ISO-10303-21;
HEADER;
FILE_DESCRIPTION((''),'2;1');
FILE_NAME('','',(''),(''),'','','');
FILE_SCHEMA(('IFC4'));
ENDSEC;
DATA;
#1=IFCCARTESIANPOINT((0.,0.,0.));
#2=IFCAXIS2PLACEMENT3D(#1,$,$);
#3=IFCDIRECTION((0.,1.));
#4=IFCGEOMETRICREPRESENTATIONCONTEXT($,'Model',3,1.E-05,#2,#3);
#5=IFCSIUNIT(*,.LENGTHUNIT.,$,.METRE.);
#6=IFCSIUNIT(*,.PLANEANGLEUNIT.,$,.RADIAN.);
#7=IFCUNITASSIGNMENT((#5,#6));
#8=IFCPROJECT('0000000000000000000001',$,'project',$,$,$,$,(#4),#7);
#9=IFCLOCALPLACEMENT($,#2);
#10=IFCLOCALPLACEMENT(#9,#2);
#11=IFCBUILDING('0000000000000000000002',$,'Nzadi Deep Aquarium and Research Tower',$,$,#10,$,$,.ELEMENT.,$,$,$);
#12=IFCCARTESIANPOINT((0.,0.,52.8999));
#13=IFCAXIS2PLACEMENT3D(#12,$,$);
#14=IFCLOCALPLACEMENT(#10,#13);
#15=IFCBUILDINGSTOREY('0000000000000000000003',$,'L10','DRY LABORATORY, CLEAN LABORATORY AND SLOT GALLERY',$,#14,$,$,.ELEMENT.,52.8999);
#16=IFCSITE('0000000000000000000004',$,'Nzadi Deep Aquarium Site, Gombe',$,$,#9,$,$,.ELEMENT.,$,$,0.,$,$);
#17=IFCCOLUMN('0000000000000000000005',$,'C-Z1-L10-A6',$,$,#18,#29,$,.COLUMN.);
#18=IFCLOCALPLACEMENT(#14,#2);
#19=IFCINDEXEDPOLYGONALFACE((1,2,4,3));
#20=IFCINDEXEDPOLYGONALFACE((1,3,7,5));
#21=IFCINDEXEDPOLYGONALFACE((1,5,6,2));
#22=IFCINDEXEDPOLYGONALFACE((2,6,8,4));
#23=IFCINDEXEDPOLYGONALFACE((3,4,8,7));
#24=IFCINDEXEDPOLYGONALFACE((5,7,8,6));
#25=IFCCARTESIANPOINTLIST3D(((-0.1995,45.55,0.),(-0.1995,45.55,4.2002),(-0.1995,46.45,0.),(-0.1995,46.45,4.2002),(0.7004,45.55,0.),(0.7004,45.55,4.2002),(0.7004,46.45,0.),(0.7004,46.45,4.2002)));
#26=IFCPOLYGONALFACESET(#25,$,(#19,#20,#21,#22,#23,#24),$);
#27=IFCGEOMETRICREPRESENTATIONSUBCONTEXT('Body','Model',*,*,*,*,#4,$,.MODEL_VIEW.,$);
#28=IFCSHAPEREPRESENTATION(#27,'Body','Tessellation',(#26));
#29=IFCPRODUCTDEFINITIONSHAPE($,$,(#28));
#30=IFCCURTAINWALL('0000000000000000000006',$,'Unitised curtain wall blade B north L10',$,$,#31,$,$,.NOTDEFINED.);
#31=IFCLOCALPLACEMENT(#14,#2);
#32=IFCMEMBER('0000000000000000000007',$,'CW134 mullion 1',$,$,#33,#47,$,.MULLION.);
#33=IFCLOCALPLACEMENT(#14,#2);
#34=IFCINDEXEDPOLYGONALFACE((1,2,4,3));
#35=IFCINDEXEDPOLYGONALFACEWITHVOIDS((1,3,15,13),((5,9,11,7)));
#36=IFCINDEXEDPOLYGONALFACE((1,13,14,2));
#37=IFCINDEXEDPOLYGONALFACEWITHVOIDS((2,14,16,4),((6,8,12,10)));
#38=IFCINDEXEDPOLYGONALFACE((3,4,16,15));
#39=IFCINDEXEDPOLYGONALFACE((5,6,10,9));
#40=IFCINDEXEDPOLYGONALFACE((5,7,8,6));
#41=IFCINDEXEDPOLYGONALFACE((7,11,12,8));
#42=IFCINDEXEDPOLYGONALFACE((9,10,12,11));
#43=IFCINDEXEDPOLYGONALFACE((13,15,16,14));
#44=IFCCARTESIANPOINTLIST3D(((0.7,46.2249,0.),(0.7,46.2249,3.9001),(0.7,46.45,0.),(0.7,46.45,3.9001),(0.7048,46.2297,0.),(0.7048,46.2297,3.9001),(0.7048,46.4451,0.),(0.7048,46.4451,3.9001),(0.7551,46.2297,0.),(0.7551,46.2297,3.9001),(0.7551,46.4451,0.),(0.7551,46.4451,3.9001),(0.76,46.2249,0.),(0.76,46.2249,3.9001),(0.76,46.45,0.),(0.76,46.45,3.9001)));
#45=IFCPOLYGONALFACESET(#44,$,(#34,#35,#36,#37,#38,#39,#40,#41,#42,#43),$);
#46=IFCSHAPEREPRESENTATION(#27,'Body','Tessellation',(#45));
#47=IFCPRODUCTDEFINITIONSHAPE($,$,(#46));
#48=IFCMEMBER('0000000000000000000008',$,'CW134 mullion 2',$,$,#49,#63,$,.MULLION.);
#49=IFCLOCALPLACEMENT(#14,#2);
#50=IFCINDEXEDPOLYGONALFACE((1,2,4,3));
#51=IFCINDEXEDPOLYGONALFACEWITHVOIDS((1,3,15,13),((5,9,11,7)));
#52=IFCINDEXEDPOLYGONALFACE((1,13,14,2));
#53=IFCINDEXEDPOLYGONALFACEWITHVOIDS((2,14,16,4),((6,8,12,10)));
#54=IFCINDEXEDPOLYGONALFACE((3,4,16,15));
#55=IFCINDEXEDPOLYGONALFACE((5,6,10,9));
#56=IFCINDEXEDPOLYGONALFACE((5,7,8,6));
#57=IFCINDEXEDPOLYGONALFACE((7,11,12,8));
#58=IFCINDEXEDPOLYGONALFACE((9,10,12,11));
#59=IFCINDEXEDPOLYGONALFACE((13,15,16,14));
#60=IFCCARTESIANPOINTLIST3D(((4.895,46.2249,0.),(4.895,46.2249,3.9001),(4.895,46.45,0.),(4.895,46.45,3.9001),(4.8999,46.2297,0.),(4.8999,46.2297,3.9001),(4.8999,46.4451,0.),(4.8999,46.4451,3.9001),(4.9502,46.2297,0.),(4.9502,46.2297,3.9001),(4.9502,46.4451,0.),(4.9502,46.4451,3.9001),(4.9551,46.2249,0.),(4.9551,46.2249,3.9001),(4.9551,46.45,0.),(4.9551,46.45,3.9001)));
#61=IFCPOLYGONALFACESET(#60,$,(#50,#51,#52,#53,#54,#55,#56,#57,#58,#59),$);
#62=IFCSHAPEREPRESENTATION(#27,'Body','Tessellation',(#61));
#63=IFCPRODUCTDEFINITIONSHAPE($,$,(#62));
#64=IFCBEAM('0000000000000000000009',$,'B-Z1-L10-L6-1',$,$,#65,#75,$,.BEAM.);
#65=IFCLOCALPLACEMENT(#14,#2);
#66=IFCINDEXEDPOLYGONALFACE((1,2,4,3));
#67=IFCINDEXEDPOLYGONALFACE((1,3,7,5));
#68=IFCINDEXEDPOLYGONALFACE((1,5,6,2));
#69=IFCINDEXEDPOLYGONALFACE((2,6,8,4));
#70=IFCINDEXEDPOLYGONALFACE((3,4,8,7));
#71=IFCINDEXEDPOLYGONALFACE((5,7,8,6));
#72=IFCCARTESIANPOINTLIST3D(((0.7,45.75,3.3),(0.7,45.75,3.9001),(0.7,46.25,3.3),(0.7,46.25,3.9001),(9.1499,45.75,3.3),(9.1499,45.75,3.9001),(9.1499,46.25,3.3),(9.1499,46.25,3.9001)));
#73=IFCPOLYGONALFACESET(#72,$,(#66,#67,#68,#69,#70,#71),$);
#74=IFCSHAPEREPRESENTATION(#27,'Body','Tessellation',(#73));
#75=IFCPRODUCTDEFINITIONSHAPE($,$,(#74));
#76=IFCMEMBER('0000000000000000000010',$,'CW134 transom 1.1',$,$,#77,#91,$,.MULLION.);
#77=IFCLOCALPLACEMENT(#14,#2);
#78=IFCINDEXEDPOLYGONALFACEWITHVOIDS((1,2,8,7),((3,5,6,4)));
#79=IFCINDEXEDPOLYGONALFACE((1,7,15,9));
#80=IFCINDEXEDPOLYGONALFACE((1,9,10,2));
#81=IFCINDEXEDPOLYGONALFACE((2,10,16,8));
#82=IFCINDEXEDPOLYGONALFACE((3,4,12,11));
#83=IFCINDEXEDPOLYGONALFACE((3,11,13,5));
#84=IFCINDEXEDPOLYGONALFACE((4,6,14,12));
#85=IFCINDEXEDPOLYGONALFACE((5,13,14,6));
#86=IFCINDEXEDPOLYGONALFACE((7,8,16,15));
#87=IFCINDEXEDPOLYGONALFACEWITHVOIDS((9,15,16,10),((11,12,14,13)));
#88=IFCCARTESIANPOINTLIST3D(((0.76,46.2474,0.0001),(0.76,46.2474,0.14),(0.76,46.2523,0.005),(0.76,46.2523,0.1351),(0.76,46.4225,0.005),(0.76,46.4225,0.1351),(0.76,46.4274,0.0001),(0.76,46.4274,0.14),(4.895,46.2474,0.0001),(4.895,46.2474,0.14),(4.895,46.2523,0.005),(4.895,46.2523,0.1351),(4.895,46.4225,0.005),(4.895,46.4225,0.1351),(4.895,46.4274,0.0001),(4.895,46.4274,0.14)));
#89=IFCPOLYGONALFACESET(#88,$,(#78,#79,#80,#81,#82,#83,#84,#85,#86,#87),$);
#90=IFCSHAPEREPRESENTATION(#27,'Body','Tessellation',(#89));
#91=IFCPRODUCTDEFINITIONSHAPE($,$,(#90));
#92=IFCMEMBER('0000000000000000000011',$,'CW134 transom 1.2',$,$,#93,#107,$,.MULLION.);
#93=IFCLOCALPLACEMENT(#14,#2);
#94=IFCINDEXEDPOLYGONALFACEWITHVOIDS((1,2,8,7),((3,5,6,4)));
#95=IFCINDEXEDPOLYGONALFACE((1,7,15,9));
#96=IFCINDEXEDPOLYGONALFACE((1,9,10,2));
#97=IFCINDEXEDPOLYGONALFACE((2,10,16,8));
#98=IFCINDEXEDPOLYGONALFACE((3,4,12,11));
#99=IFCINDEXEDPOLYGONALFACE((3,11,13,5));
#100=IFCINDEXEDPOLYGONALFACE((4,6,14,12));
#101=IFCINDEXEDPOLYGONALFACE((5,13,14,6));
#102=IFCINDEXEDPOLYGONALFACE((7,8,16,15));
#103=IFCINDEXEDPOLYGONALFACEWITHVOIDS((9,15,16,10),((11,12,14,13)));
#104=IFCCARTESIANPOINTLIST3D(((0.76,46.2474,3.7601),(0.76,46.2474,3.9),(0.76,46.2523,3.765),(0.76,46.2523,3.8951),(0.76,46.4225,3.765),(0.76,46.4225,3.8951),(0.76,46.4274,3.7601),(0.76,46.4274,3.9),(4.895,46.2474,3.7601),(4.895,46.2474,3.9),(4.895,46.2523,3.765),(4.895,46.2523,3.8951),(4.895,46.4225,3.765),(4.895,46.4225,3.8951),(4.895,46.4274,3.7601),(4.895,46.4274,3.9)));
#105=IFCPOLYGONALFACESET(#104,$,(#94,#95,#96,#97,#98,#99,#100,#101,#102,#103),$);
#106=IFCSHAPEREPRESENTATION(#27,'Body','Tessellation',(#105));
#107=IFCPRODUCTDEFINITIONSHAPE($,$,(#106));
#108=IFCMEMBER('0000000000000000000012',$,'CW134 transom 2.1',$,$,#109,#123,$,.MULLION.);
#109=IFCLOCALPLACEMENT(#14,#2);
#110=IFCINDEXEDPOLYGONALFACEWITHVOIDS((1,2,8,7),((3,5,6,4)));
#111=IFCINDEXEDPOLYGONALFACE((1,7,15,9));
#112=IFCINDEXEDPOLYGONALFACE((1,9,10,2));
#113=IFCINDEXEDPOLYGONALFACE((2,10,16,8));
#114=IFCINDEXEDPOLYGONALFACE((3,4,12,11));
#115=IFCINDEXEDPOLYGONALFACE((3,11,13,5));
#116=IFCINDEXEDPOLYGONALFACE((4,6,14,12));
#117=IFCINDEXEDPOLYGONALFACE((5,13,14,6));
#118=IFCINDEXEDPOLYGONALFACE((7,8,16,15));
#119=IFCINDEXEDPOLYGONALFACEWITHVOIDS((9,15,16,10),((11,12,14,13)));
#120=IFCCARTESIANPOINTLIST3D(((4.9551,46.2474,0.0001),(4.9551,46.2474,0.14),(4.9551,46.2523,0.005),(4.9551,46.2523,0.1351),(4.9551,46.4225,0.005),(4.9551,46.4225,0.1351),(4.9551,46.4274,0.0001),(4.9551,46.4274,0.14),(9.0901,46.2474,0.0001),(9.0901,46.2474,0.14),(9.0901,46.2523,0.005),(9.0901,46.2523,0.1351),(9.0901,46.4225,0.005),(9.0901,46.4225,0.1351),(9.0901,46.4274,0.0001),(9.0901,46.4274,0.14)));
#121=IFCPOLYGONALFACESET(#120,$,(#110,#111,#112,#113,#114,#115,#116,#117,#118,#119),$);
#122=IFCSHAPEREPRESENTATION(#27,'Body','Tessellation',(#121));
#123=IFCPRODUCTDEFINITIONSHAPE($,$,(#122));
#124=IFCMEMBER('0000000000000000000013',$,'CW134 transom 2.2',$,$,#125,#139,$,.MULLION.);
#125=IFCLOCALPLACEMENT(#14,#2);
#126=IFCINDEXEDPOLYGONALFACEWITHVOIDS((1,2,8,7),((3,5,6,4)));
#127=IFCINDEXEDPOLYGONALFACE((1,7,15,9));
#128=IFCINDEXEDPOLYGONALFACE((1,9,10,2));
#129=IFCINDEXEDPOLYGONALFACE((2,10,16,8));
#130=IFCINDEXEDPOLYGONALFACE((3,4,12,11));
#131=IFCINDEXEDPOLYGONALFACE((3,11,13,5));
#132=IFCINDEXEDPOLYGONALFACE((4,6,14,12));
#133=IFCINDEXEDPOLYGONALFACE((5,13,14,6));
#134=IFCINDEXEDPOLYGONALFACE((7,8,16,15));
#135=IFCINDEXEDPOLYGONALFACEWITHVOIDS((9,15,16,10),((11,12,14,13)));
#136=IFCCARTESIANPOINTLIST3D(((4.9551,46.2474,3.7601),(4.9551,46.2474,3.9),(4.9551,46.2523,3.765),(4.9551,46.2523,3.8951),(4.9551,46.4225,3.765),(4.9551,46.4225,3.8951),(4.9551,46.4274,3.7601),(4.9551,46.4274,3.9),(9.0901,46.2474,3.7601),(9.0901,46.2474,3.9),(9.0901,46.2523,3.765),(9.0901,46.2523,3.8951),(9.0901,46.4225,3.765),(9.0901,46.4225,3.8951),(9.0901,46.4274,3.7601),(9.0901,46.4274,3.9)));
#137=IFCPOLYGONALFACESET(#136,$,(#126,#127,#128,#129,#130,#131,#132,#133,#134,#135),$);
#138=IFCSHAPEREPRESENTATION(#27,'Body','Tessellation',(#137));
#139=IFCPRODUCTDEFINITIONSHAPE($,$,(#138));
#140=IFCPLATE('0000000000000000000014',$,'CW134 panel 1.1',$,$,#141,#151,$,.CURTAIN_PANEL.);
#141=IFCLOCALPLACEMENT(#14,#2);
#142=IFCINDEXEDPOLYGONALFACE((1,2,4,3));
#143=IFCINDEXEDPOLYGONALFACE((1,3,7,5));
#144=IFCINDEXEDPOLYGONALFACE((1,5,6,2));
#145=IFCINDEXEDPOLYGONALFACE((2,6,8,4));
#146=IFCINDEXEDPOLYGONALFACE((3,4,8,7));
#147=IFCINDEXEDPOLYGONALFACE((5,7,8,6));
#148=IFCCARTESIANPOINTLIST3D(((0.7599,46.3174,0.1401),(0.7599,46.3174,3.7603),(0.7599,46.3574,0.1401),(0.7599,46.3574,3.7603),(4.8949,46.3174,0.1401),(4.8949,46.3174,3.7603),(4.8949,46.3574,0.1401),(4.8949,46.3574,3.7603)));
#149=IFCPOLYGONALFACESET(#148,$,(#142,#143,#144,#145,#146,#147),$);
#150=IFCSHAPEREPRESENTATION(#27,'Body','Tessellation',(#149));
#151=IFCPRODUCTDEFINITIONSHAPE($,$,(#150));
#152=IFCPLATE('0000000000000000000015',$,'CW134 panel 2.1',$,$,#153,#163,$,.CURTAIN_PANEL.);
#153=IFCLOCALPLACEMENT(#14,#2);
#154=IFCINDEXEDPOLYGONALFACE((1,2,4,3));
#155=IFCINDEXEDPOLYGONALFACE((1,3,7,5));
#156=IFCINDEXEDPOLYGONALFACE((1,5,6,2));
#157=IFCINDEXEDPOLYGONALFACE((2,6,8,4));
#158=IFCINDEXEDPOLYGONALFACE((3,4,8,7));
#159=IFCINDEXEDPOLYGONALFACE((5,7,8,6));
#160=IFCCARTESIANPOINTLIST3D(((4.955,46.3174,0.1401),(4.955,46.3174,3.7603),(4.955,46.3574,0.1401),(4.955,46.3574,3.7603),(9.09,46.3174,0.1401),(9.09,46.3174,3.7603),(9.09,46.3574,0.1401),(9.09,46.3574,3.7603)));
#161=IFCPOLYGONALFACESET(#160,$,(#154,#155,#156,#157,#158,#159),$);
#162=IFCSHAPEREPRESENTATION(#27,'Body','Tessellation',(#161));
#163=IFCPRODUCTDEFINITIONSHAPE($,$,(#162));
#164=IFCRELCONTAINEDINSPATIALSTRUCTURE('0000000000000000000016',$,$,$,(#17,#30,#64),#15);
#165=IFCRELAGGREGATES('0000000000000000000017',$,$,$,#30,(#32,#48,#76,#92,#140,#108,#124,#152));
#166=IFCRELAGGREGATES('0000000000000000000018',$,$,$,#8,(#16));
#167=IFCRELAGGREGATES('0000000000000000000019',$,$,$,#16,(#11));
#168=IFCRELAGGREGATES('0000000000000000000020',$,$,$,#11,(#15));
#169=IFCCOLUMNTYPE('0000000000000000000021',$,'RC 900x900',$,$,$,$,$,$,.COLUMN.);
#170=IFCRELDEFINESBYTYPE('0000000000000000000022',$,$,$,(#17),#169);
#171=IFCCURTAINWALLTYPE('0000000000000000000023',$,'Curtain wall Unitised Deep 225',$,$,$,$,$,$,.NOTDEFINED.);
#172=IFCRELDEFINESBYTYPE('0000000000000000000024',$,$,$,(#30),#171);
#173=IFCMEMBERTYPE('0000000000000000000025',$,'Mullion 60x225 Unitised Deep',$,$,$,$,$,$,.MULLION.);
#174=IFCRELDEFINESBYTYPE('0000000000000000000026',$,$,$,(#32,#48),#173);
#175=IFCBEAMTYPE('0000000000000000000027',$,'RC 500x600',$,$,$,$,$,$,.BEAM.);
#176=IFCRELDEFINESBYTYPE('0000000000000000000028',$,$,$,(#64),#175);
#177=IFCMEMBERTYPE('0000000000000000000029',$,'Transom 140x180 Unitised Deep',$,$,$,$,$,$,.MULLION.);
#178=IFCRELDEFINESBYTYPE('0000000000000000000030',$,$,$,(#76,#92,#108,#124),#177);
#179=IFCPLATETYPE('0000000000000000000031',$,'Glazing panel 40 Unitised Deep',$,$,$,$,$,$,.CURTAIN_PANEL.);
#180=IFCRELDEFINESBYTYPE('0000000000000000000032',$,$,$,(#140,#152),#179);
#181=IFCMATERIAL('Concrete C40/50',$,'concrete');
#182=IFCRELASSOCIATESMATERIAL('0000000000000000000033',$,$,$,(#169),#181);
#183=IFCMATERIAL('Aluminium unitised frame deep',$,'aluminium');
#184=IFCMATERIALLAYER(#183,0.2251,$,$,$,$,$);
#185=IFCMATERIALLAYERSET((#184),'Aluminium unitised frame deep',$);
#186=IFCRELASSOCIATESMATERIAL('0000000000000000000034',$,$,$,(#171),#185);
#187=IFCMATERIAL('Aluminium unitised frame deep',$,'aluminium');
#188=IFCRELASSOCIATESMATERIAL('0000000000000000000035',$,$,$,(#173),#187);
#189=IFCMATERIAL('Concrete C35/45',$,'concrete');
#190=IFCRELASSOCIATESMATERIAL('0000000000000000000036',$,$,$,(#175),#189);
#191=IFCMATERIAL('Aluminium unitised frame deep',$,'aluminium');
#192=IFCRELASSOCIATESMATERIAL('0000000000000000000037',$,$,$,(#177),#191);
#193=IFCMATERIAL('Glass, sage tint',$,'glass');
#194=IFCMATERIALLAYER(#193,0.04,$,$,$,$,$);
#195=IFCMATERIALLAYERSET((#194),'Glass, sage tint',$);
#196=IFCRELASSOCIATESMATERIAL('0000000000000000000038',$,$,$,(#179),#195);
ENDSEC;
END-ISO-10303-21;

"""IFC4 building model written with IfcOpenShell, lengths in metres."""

from ifc_helpers import new_model, si_unit, direction, frame, origin, origin_2d, place, context, subcontext, project, spatial, rectangle, hollow_rectangle, extrude, material, layer, layer_set, material_profile, profile_set, type_object, element, aggregate, save


model = new_model("IFC4")

# Units and contexts
model_context = context("Model", 3, precision=1e-05, world=origin(), true_north=direction((0.0, 1.0)))
body_context = subcontext(model_context, "Body", "Model", "MODEL_VIEW")
ifc_project = project(units=[si_unit("LENGTHUNIT", "METRE"), si_unit("PLANEANGLEUNIT", "RADIAN")], contexts=[model_context])

# Site, building, storey
site_placement = place(None, origin())
site = spatial("IfcSite", under=ifc_project, at=site_placement, Name="Nzadi Deep Aquarium Site, Gombe", CompositionType="ELEMENT", RefElevation=0.0)
building_placement = place(site_placement, origin())
building = spatial("IfcBuilding", under=site, at=building_placement, Name="Nzadi Deep Aquarium and Research Tower", CompositionType="ELEMENT")
storey_placement = place(building_placement, frame((0.0, 0.0, 52.8999)))
storey = spatial("IfcBuildingStorey", under=building, at=storey_placement, Name="L10", Description="DRY LABORATORY, CLEAN LABORATORY AND SLOT GALLERY", CompositionType="ELEMENT", Elevation=52.8999)

# Column
ifc_material_1 = material(Name="Concrete C40/50", Category="concrete")
ifc_material_profile_1 = material_profile(ifc_material_1, rectangle(XDim=0.8999, YDim=0.8999, at=origin_2d()))
ifc_profile_set_1 = profile_set([ifc_material_profile_1], Name="Concrete C40/50")
column_type = type_object("IfcColumnType", Name="RC 900x900", PredefinedType="COLUMN", material=ifc_profile_set_1)
column_placement = place(storey_placement, frame((0.2505, 46.0, 0.0), z_axis=(0.0, 0.0, 1.0), x_axis=(1.0, 0.0, 0.0)))
element("IfcColumn", 1, at=column_placement, inside=storey, type_object=column_type, Name="C-Z1-L10-A6", PredefinedType="COLUMN", context=body_context, shape_type="SweptSolid", body=[
    extrude(rectangle(XDim=0.8999, YDim=0.8999, at=origin_2d()), origin(), (0.0, 0.0, 1.0), 4.2002),
])

# Curtain wall, members
ifc_material_2 = material(Name="Aluminium unitised frame deep", Category="aluminium")
ifc_layer_1 = layer(ifc_material_2, 0.2251)
ifc_layer_set_1 = layer_set([ifc_layer_1], Name="Aluminium unitised frame deep")
curtain_wall_type = type_object("IfcCurtainWallType", Name="Curtain wall Unitised Deep 225", PredefinedType="NOTDEFINED", material=ifc_layer_set_1)
curtain_wall_placement = place(storey_placement, origin())
curtain_wall = element("IfcCurtainWall", 2, at=curtain_wall_placement, inside=storey, type_object=curtain_wall_type, Name="Unitised curtain wall blade B north L10", PredefinedType="NOTDEFINED")
ifc_material_3 = material(Name="Aluminium unitised frame deep", Category="aluminium")
ifc_material_profile_2 = material_profile(ifc_material_3, hollow_rectangle(XDim=0.2251, YDim=0.0601, WallThickness=0.0049, at=origin_2d()))
ifc_profile_set_2 = profile_set([ifc_material_profile_2], Name="Aluminium unitised frame deep")
member_type_1 = type_object("IfcMemberType", Name="Mullion 60x225 Unitised Deep", PredefinedType="MULLION", material=ifc_profile_set_2)
member_1_placement = place(storey_placement, frame((0.73, 46.3374, 0.0), z_axis=(0.0, 0.0, 1.0), x_axis=(0.0, 1.0, 0.0)))
member_1 = element("IfcMember", 3, at=member_1_placement, type_object=member_type_1, Name="CW134 mullion 1", PredefinedType="MULLION", context=body_context, shape_type="SweptSolid", body=[
    extrude(hollow_rectangle(XDim=0.2251, YDim=0.0601, WallThickness=0.0049, at=origin_2d()), origin(), (0.0, 0.0, 1.0), 3.9001),
])
member_2_placement = place(storey_placement, frame((4.925, 46.3374, 0.0), z_axis=(0.0, 0.0, 1.0), x_axis=(0.0, 1.0, 0.0)))
member_2 = element("IfcMember", 4, at=member_2_placement, type_object=member_type_1, Name="CW134 mullion 2", PredefinedType="MULLION", context=body_context, shape_type="SweptSolid", body=[
    extrude(hollow_rectangle(XDim=0.2251, YDim=0.0601, WallThickness=0.0049, at=origin_2d()), origin(), (0.0, 0.0, 1.0), 3.9001),
])

# Beam
ifc_material_4 = material(Name="Concrete C35/45", Category="concrete")
ifc_material_profile_3 = material_profile(ifc_material_4, rectangle(XDim=0.5, YDim=0.6001, at=origin_2d()))
ifc_profile_set_3 = profile_set([ifc_material_profile_3], Name="Concrete C35/45")
beam_type = type_object("IfcBeamType", Name="RC 500x600", PredefinedType="BEAM", material=ifc_profile_set_3)
beam_placement = place(storey_placement, frame((0.7, 46.0, 3.6001), z_axis=(1.0, 0.0, 0.0), x_axis=(0.0, 1.0, 0.0)))
element("IfcBeam", 5, at=beam_placement, inside=storey, type_object=beam_type, Name="B-Z1-L10-L6-1", PredefinedType="BEAM", context=body_context, shape_type="SweptSolid", body=[
    extrude(rectangle(XDim=0.5, YDim=0.6001, at=origin_2d()), origin(), (0.0, 0.0, 1.0), 8.45),
])

# Members
ifc_material_5 = material(Name="Aluminium unitised frame deep", Category="aluminium")
ifc_material_profile_4 = material_profile(ifc_material_5, hollow_rectangle(XDim=0.1799, YDim=0.1399, WallThickness=0.0049, at=origin_2d()))
ifc_profile_set_4 = profile_set([ifc_material_profile_4], Name="Aluminium unitised frame deep")
member_type_2 = type_object("IfcMemberType", Name="Transom 140x180 Unitised Deep", PredefinedType="MULLION", material=ifc_profile_set_4)
member_3_placement = place(storey_placement, frame((0.76, 46.3374, 0.0701), z_axis=(1.0, 0.0, 0.0), x_axis=(0.0, 1.0, 0.0)))
member_3 = element("IfcMember", 6, at=member_3_placement, type_object=member_type_2, Name="CW134 transom 1.1", PredefinedType="MULLION", context=body_context, shape_type="SweptSolid", body=[
    extrude(hollow_rectangle(XDim=0.1799, YDim=0.1399, WallThickness=0.0049, at=origin_2d()), origin(), (0.0, 0.0, 1.0), 4.135),
])
member_4_placement = place(storey_placement, frame((0.76, 46.3374, 3.8301), z_axis=(1.0, 0.0, 0.0), x_axis=(0.0, 1.0, 0.0)))
member_4 = element("IfcMember", 7, at=member_4_placement, type_object=member_type_2, Name="CW134 transom 1.2", PredefinedType="MULLION", context=body_context, shape_type="SweptSolid", body=[
    extrude(hollow_rectangle(XDim=0.1799, YDim=0.1399, WallThickness=0.0049, at=origin_2d()), origin(), (0.0, 0.0, 1.0), 4.135),
])
member_5_placement = place(storey_placement, frame((4.9551, 46.3374, 0.0701), z_axis=(1.0, 0.0, 0.0), x_axis=(0.0, 1.0, 0.0)))
member_5 = element("IfcMember", 8, at=member_5_placement, type_object=member_type_2, Name="CW134 transom 2.1", PredefinedType="MULLION", context=body_context, shape_type="SweptSolid", body=[
    extrude(hollow_rectangle(XDim=0.1799, YDim=0.1399, WallThickness=0.0049, at=origin_2d()), origin(), (0.0, 0.0, 1.0), 4.135),
])
member_6_placement = place(storey_placement, frame((4.9551, 46.3374, 3.8301), z_axis=(1.0, 0.0, 0.0), x_axis=(0.0, 1.0, 0.0)))
member_6 = element("IfcMember", 9, at=member_6_placement, type_object=member_type_2, Name="CW134 transom 2.2", PredefinedType="MULLION", context=body_context, shape_type="SweptSolid", body=[
    extrude(hollow_rectangle(XDim=0.1799, YDim=0.1399, WallThickness=0.0049, at=origin_2d()), origin(), (0.0, 0.0, 1.0), 4.135),
])

# Plates
ifc_material_6 = material(Name="Glass, sage tint", Category="glass")
ifc_layer_2 = layer(ifc_material_6, 0.04)
ifc_layer_set_2 = layer_set([ifc_layer_2], Name="Glass, sage tint")
plate_type = type_object("IfcPlateType", Name="Glazing panel 40 Unitised Deep", PredefinedType="CURTAIN_PANEL", material=ifc_layer_set_2)
plate_1_placement = place(storey_placement, frame((2.8274, 46.3374, 0.1401), z_axis=(0.0, 0.0, 1.0), x_axis=(1.0, 0.0, 0.0)))
plate_1 = element("IfcPlate", 10, at=plate_1_placement, type_object=plate_type, Name="CW134 panel 1.1", PredefinedType="CURTAIN_PANEL", context=body_context, shape_type="SweptSolid", body=[
    extrude(rectangle(XDim=4.135, YDim=0.04, at=origin_2d()), origin(), (0.0, 0.0, 1.0), 3.6201),
])
plate_2_placement = place(storey_placement, frame((7.0225, 46.3374, 0.1401), z_axis=(0.0, 0.0, 1.0), x_axis=(1.0, 0.0, 0.0)))
plate_2 = element("IfcPlate", 11, at=plate_2_placement, type_object=plate_type, Name="CW134 panel 2.1", PredefinedType="CURTAIN_PANEL", context=body_context, shape_type="SweptSolid", body=[
    extrude(rectangle(XDim=4.135, YDim=0.04, at=origin_2d()), origin(), (0.0, 0.0, 1.0), 3.6201),
])
aggregate(curtain_wall, [member_1, member_2, member_3, member_4, plate_1, member_5, member_6, plate_2])

save(model, "model.ifc")
